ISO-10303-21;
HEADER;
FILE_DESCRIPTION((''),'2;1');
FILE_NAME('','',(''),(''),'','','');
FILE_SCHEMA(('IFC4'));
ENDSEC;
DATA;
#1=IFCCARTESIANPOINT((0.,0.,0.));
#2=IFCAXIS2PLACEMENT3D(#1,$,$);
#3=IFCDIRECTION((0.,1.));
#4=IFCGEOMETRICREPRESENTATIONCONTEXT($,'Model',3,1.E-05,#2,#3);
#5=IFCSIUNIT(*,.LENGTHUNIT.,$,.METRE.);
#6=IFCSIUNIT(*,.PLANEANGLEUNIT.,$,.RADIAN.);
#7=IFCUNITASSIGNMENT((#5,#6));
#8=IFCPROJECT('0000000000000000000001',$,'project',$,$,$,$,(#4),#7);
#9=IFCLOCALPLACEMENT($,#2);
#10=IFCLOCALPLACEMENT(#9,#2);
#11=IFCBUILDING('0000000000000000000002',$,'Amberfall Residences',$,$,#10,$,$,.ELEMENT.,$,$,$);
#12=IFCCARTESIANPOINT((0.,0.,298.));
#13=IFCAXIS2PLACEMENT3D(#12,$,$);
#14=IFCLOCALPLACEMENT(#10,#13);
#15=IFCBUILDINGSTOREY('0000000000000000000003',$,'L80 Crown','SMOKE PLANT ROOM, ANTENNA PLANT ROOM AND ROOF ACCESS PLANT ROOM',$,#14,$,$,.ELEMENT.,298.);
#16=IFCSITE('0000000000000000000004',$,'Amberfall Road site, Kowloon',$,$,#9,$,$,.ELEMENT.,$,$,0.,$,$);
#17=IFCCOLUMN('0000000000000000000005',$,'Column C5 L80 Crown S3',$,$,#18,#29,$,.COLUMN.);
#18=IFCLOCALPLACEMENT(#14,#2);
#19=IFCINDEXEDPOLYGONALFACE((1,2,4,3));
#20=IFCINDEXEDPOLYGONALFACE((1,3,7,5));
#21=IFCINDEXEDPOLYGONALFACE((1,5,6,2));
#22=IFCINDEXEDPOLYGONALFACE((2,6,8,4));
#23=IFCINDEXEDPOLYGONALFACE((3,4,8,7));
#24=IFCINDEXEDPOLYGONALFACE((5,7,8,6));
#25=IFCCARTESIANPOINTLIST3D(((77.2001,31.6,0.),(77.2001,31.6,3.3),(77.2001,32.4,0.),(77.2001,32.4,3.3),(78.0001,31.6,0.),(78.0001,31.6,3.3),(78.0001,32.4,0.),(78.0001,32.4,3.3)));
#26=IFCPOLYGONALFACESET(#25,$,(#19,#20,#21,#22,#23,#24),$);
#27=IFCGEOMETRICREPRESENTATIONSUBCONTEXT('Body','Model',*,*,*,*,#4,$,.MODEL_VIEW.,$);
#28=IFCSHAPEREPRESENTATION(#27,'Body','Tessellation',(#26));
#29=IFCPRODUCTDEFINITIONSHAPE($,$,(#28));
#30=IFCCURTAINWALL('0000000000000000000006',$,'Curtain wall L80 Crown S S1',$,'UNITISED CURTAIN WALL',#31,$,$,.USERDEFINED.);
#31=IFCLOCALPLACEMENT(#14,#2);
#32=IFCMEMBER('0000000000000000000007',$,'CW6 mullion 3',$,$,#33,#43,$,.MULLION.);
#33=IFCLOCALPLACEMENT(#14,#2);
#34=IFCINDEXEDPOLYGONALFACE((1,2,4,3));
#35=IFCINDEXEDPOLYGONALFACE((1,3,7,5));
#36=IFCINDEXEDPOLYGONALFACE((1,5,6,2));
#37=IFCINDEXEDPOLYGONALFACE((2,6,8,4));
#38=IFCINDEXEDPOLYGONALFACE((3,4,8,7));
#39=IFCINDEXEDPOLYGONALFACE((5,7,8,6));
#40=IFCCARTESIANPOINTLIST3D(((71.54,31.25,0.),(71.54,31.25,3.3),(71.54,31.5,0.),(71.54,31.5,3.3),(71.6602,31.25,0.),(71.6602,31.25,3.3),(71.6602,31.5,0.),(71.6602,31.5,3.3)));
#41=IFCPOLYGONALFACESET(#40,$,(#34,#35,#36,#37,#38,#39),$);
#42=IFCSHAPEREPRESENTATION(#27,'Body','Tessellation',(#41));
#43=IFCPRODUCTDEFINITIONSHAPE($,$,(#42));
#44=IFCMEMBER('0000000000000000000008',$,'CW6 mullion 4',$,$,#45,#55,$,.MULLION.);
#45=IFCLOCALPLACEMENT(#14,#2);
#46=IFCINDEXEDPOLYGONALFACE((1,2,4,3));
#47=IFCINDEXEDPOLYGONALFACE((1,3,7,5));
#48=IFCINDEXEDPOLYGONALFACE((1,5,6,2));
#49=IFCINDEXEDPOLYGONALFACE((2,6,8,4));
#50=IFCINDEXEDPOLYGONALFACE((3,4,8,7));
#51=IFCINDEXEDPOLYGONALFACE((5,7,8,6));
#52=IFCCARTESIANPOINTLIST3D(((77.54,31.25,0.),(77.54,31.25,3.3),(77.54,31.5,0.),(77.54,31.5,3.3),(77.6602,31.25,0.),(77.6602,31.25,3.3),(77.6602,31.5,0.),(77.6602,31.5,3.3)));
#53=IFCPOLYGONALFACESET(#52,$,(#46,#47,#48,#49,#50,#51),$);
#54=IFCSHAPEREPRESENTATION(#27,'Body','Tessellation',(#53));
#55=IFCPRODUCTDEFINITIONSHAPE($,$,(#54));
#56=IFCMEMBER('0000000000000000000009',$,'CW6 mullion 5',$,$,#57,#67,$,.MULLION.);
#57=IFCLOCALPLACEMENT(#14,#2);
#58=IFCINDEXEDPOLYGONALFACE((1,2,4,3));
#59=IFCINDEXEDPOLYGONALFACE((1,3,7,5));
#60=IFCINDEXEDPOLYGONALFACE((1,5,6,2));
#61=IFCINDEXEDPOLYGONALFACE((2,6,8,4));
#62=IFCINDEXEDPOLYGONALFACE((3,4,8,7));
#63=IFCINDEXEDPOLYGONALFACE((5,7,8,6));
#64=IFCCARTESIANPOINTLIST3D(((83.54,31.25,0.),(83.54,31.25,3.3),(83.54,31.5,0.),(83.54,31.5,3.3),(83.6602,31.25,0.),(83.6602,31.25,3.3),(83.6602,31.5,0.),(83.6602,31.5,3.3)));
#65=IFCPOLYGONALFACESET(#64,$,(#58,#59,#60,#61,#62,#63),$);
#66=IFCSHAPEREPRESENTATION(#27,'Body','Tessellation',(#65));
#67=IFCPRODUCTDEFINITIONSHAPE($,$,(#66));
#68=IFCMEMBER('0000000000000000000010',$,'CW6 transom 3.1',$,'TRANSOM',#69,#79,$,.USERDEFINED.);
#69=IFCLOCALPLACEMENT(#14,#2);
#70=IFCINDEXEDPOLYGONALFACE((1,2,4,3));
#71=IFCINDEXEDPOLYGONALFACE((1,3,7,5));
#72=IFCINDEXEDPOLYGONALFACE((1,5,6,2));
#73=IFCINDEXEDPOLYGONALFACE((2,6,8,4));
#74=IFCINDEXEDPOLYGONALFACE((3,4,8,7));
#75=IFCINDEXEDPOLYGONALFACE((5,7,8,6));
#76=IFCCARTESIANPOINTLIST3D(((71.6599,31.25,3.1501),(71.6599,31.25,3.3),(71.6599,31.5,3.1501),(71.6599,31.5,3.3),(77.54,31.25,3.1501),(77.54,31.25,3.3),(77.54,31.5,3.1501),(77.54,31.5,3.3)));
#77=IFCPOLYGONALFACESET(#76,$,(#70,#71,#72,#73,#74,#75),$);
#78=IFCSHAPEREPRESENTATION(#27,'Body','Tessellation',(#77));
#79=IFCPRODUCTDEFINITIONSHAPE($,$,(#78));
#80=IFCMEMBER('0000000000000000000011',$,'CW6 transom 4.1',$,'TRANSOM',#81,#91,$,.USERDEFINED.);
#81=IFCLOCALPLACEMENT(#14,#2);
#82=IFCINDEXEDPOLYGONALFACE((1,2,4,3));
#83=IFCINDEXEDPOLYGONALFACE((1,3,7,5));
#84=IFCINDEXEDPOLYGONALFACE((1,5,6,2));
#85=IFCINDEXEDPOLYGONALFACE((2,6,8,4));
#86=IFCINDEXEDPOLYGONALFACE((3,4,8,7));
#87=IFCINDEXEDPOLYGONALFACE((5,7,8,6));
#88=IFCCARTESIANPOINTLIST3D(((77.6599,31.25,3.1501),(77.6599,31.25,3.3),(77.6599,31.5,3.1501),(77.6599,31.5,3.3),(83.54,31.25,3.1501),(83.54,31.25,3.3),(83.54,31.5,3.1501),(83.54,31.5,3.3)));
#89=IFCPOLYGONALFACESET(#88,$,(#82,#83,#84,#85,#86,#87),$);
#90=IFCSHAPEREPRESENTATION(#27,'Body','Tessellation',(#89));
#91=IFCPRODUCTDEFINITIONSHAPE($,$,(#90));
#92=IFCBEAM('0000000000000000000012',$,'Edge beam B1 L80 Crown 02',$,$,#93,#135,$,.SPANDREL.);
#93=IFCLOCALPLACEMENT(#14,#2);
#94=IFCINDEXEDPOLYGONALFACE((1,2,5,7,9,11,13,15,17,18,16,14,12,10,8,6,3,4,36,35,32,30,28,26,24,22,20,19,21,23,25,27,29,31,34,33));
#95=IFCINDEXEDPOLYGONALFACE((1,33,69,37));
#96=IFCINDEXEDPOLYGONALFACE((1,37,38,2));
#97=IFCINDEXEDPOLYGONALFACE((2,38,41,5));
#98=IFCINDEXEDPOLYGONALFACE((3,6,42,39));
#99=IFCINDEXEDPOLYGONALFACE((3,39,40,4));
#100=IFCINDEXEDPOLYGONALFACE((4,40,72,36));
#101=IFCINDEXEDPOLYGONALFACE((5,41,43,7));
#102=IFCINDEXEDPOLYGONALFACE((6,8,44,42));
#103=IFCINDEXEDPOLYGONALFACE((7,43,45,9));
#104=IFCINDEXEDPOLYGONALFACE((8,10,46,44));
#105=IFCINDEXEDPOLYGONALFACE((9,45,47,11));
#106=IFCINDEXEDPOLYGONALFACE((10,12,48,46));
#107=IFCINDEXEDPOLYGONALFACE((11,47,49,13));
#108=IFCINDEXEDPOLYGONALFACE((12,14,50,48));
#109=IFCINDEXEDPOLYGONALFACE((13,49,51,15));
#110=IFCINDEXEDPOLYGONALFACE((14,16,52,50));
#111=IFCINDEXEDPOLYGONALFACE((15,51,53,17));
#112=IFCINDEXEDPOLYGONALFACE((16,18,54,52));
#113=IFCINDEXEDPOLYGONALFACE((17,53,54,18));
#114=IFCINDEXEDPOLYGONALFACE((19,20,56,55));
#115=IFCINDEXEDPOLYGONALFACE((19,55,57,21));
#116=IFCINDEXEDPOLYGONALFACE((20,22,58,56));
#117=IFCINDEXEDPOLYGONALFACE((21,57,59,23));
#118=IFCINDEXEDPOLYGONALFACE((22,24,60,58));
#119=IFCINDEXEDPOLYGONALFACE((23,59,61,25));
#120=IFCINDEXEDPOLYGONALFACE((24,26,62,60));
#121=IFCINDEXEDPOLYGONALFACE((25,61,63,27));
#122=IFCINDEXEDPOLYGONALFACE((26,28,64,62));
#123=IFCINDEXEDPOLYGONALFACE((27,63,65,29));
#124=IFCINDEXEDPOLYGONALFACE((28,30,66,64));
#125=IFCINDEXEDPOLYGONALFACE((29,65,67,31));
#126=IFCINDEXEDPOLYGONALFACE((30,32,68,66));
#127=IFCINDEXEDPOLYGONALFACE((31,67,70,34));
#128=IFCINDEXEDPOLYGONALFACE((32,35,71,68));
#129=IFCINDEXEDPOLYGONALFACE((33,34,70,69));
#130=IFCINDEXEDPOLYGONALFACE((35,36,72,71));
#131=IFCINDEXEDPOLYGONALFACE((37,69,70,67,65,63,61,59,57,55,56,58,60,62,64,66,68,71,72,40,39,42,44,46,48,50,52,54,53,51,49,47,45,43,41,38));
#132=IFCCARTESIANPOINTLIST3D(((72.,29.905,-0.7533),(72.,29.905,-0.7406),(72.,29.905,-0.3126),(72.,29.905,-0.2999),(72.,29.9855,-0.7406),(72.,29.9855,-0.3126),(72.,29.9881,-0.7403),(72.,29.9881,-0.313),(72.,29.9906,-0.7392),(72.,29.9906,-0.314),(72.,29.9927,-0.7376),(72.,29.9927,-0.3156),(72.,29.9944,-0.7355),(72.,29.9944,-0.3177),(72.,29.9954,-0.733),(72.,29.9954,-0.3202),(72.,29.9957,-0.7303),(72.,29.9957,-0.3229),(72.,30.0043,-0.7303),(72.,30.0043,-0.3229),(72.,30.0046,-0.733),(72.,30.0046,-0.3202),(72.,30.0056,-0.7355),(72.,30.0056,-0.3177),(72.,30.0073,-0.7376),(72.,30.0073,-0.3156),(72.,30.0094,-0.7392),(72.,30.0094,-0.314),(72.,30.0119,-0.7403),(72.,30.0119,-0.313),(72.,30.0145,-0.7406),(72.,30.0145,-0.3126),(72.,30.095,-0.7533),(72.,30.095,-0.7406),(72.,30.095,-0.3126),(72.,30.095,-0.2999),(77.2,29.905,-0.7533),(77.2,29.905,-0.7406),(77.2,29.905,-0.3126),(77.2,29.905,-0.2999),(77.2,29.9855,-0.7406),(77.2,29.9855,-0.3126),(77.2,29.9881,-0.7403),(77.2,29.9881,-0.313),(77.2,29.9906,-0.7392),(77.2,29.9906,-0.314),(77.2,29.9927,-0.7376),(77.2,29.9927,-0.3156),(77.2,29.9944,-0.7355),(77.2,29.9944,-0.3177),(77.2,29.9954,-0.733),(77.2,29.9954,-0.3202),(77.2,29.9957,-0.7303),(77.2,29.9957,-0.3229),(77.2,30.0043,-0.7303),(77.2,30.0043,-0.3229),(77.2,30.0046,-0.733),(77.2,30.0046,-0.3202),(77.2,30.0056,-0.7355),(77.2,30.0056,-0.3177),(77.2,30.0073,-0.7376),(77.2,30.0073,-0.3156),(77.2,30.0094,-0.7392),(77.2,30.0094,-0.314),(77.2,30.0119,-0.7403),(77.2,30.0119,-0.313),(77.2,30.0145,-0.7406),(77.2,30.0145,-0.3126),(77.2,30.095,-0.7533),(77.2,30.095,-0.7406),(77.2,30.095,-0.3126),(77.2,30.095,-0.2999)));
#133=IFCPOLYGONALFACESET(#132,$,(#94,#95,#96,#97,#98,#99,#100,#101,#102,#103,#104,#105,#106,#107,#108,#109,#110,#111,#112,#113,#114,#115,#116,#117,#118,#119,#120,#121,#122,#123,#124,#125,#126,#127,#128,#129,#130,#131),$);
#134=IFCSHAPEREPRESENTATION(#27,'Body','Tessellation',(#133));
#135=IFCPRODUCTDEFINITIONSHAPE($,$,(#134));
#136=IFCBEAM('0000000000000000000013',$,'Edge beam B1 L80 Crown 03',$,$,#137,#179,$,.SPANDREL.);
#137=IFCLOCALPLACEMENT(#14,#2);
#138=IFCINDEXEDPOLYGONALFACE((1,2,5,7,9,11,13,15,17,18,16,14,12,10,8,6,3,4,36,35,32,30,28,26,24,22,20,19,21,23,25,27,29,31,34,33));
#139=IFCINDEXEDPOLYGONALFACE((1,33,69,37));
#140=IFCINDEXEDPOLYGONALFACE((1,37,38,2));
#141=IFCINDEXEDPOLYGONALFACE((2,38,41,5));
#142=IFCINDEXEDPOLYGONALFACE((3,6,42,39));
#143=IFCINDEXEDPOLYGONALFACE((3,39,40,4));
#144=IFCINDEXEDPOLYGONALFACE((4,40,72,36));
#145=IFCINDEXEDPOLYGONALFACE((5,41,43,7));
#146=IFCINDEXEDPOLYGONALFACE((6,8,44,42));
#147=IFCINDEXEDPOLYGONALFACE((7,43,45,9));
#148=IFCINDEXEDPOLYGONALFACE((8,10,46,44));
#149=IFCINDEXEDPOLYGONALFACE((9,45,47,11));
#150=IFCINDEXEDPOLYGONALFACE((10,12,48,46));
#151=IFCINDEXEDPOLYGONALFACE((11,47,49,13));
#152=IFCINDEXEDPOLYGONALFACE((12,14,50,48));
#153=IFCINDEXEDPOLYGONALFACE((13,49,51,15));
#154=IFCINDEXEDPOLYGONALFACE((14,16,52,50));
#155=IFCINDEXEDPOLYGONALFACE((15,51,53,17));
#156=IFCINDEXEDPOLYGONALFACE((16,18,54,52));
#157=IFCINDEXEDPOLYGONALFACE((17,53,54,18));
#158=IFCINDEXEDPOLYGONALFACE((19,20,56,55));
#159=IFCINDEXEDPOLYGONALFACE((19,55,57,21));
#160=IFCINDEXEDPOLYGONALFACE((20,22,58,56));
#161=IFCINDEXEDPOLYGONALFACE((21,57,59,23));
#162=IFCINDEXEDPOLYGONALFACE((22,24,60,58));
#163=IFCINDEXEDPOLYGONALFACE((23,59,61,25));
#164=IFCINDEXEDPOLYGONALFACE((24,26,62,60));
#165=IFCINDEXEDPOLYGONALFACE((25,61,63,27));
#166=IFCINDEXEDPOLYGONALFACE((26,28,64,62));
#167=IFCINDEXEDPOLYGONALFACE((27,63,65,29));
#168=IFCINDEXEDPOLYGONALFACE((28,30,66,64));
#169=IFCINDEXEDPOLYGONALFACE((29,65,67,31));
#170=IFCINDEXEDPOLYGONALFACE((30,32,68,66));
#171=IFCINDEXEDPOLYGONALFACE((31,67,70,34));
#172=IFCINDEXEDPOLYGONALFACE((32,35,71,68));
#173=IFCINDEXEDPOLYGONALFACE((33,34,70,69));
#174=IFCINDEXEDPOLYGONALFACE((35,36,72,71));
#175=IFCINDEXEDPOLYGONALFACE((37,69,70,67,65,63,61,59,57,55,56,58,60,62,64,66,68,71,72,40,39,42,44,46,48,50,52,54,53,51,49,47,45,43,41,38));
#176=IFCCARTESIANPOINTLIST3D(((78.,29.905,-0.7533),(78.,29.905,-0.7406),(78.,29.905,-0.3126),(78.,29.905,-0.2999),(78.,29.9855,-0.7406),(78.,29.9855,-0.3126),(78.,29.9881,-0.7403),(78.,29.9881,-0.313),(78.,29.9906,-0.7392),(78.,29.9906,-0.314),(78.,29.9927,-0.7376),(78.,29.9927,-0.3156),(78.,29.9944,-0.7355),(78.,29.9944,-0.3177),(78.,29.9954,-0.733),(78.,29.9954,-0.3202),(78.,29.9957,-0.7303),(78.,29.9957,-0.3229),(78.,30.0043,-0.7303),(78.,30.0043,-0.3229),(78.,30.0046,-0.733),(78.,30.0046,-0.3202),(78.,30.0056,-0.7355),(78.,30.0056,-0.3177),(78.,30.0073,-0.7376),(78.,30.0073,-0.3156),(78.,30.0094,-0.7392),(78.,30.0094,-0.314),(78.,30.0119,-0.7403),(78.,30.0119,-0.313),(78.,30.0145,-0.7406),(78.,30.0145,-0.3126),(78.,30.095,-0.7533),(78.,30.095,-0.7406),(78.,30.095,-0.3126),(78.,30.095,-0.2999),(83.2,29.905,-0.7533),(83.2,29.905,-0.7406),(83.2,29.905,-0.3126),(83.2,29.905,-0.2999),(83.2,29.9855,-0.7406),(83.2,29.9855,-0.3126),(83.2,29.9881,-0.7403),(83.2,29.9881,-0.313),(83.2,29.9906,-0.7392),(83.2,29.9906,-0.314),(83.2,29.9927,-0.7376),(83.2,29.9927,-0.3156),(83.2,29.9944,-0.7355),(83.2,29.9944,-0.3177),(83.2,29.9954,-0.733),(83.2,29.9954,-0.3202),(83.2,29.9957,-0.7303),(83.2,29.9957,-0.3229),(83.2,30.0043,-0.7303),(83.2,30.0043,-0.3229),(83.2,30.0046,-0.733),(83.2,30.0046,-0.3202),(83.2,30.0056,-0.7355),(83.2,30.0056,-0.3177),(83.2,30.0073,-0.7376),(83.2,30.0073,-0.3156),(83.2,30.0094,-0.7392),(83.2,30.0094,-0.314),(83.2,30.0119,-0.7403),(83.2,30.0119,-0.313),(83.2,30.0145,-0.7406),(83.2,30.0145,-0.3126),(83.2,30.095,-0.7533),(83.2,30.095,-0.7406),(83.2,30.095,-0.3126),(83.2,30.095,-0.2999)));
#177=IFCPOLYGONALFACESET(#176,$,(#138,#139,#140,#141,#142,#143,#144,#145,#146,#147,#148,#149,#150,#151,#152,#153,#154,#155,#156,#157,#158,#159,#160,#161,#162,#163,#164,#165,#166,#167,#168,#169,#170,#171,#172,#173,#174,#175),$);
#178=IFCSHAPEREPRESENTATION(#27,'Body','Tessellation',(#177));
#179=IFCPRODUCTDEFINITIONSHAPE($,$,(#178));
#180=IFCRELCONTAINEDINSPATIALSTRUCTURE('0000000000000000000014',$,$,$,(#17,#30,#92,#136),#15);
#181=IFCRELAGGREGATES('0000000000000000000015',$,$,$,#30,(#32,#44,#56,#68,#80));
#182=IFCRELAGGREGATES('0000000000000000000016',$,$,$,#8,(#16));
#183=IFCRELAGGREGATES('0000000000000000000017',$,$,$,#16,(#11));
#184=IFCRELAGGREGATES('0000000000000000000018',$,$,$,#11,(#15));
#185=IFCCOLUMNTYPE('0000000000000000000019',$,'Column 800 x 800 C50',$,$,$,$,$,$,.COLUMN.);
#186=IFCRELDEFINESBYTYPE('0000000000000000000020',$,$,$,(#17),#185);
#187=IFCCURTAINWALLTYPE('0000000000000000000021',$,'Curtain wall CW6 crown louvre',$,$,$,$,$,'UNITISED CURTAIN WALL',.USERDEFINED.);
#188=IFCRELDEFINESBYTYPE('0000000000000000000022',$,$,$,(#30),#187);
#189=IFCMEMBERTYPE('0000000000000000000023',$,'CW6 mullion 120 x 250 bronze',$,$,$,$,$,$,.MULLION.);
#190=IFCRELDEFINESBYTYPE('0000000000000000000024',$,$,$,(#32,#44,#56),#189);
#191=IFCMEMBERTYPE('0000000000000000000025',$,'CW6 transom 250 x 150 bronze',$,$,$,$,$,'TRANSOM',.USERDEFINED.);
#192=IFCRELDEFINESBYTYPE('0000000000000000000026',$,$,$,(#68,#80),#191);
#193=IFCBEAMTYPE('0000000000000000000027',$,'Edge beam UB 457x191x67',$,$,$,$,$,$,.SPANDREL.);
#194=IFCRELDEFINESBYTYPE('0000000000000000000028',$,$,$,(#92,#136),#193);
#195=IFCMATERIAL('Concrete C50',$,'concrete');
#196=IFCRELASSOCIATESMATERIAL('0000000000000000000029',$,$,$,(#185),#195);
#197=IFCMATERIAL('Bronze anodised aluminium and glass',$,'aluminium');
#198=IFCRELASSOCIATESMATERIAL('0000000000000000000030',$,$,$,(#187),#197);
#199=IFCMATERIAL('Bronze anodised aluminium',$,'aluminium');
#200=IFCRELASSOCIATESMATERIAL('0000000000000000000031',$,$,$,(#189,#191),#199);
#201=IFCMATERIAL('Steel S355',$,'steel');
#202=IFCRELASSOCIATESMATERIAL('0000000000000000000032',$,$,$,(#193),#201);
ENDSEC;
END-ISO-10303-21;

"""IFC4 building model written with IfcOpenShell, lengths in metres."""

from ifc_helpers import new_model, si_unit, direction, frame, origin, origin_2d, place, context, subcontext, project, spatial, rectangle, i_section, extrude, material, material_profile, profile_set, type_object, element, aggregate, save


model = new_model("IFC4")

# Units and contexts
model_context = context("Model", 3, precision=1e-05, world=origin(), true_north=direction((0.0, 1.0)))
body_context = subcontext(model_context, "Body", "Model", "MODEL_VIEW")
ifc_project = project(units=[si_unit("LENGTHUNIT", "METRE"), si_unit("PLANEANGLEUNIT", "RADIAN")], contexts=[model_context])

# Site, building, storey
site_placement = place(None, origin())
site = spatial("IfcSite", under=ifc_project, at=site_placement, Name="Amberfall Road site, Kowloon", CompositionType="ELEMENT", RefElevation=0.0)
building_placement = place(site_placement, origin())
building = spatial("IfcBuilding", under=site, at=building_placement, Name="Amberfall Residences", CompositionType="ELEMENT")
storey_placement = place(building_placement, frame((0.0, 0.0, 298.0)))
storey = spatial("IfcBuildingStorey", under=building, at=storey_placement, Name="L80 Crown", Description="SMOKE PLANT ROOM, ANTENNA PLANT ROOM AND ROOF ACCESS PLANT ROOM", CompositionType="ELEMENT", Elevation=298.0)

# Column
ifc_material_1 = material(Name="Concrete C50", Category="concrete")
ifc_material_profile_1 = material_profile(ifc_material_1, rectangle(XDim=0.8, YDim=0.8, at=origin_2d()), Name="Column 800 x 800 C50")
ifc_profile_set_1 = profile_set([ifc_material_profile_1], Name="Concrete C50")
column_type = type_object("IfcColumnType", Name="Column 800 x 800 C50", PredefinedType="COLUMN", material=ifc_profile_set_1)
column_placement = place(storey_placement, frame((77.6001, 32.0, 0.0), z_axis=(0.0, 0.0, 1.0), x_axis=(1.0, 0.0, 0.0)))
element("IfcColumn", 1, at=column_placement, inside=storey, type_object=column_type, Name="Column C5 L80 Crown S3", PredefinedType="COLUMN", context=body_context, shape_type="SweptSolid", body=[
    extrude(rectangle(XDim=0.8, YDim=0.8, at=origin_2d()), origin(), (0.0, 0.0, 1.0), 3.3),
])

# Curtain wall, members
ifc_material_2 = material(Name="Bronze anodised aluminium and glass", Category="aluminium")
curtain_wall_type = type_object("IfcCurtainWallType", Name="Curtain wall CW6 crown louvre", ElementType="UNITISED CURTAIN WALL", PredefinedType="USERDEFINED", material=ifc_material_2)
curtain_wall_placement = place(storey_placement, origin())
curtain_wall = element("IfcCurtainWall", 2, at=curtain_wall_placement, inside=storey, type_object=curtain_wall_type, Name="Curtain wall L80 Crown S S1", ObjectType="UNITISED CURTAIN WALL", PredefinedType="USERDEFINED")
ifc_material_3 = material(Name="Bronze anodised aluminium", Category="aluminium")
ifc_material_profile_2 = material_profile(ifc_material_3, rectangle(XDim=0.25, YDim=0.1201, at=origin_2d()), Name="CW6 mullion 120 x 250 bronze")
ifc_profile_set_2 = profile_set([ifc_material_profile_2], Name="Bronze anodised aluminium")
member_type_1 = type_object("IfcMemberType", Name="CW6 mullion 120 x 250 bronze", PredefinedType="MULLION", material=ifc_profile_set_2)
member_1_placement = place(storey_placement, frame((71.6001, 31.375, 0.0), z_axis=(0.0, 0.0, 1.0), x_axis=(0.0, 1.0, 0.0)))
member_1 = element("IfcMember", 3, at=member_1_placement, type_object=member_type_1, Name="CW6 mullion 3", PredefinedType="MULLION", context=body_context, shape_type="SweptSolid", body=[
    extrude(rectangle(XDim=0.25, YDim=0.1201, at=origin_2d()), origin(), (0.0, 0.0, 1.0), 3.3),
])
member_2_placement = place(storey_placement, frame((77.6001, 31.375, 0.0), z_axis=(0.0, 0.0, 1.0), x_axis=(0.0, 1.0, 0.0)))
member_2 = element("IfcMember", 4, at=member_2_placement, type_object=member_type_1, Name="CW6 mullion 4", PredefinedType="MULLION", context=body_context, shape_type="SweptSolid", body=[
    extrude(rectangle(XDim=0.25, YDim=0.1201, at=origin_2d()), origin(), (0.0, 0.0, 1.0), 3.3),
])
member_3_placement = place(storey_placement, frame((83.6001, 31.375, 0.0), z_axis=(0.0, 0.0, 1.0), x_axis=(0.0, 1.0, 0.0)))
member_3 = element("IfcMember", 5, at=member_3_placement, type_object=member_type_1, Name="CW6 mullion 5", PredefinedType="MULLION", context=body_context, shape_type="SweptSolid", body=[
    extrude(rectangle(XDim=0.25, YDim=0.1201, at=origin_2d()), origin(), (0.0, 0.0, 1.0), 3.3),
])
ifc_material_profile_3 = material_profile(ifc_material_3, rectangle(XDim=0.25, YDim=0.1499, at=origin_2d()), Name="CW6 transom 250 x 150 bronze")
ifc_profile_set_3 = profile_set([ifc_material_profile_3], Name="Bronze anodised aluminium")
member_type_2 = type_object("IfcMemberType", Name="CW6 transom 250 x 150 bronze", ElementType="TRANSOM", PredefinedType="USERDEFINED", material=ifc_profile_set_3)
member_4_placement = place(storey_placement, frame((71.6599, 31.375, 3.2251), z_axis=(1.0, 0.0, 0.0), x_axis=(0.0, 1.0, 0.0)))
member_4 = element("IfcMember", 6, at=member_4_placement, type_object=member_type_2, Name="CW6 transom 3.1", ObjectType="TRANSOM", PredefinedType="USERDEFINED", context=body_context, shape_type="SweptSolid", body=[
    extrude(rectangle(XDim=0.25, YDim=0.1499, at=origin_2d()), origin(), (0.0, 0.0, 1.0), 5.8801),
])
member_5_placement = place(storey_placement, frame((77.6599, 31.375, 3.2251), z_axis=(1.0, 0.0, 0.0), x_axis=(0.0, 1.0, 0.0)))
member_5 = element("IfcMember", 7, at=member_5_placement, type_object=member_type_2, Name="CW6 transom 4.1", ObjectType="TRANSOM", PredefinedType="USERDEFINED", context=body_context, shape_type="SweptSolid", body=[
    extrude(rectangle(XDim=0.25, YDim=0.1499, at=origin_2d()), origin(), (0.0, 0.0, 1.0), 5.8801),
])

# Beams
ifc_material_4 = material(Name="Steel S355", Category="steel")
ifc_material_profile_4 = material_profile(ifc_material_4, i_section(OverallWidth=0.1899, OverallDepth=0.4534, WebThickness=0.0085, FlangeThickness=0.0127, FilletRadius=0.0103, at=origin_2d()), Name="UB 457x191x67")
ifc_profile_set_4 = profile_set([ifc_material_profile_4], Name="Steel S355")
beam_type_1 = type_object("IfcBeamType", Name="Edge beam UB 457x191x67", PredefinedType="SPANDREL", material=ifc_profile_set_4)
for number, where, z_axis, x_axis, name in (
    (8, (72.0, 30.0, -0.5266), (1.0, 0.0, 0.0), (0.0, 1.0, 0.0), "Edge beam B1 L80 Crown 02"),
    (9, (78.0, 30.0, -0.5266), (1.0, 0.0, 0.0), (0.0, 1.0, 0.0), "Edge beam B1 L80 Crown 03"),
):
    element("IfcBeam", number, at=place(storey_placement, frame(where, z_axis=z_axis, x_axis=x_axis)), inside=storey, type_object=beam_type_1, Name=name, PredefinedType="SPANDREL", context=body_context, shape_type="SweptSolid", body=[
        extrude(i_section(OverallWidth=0.1899, OverallDepth=0.4534, WebThickness=0.0085, FlangeThickness=0.0127, FilletRadius=0.0103, at=origin_2d()), origin(), (0.0, 0.0, 1.0), 5.2),
    ])

aggregate(curtain_wall, [member_1, member_2, member_3, member_4, member_5])

save(model, "model.ifc")
